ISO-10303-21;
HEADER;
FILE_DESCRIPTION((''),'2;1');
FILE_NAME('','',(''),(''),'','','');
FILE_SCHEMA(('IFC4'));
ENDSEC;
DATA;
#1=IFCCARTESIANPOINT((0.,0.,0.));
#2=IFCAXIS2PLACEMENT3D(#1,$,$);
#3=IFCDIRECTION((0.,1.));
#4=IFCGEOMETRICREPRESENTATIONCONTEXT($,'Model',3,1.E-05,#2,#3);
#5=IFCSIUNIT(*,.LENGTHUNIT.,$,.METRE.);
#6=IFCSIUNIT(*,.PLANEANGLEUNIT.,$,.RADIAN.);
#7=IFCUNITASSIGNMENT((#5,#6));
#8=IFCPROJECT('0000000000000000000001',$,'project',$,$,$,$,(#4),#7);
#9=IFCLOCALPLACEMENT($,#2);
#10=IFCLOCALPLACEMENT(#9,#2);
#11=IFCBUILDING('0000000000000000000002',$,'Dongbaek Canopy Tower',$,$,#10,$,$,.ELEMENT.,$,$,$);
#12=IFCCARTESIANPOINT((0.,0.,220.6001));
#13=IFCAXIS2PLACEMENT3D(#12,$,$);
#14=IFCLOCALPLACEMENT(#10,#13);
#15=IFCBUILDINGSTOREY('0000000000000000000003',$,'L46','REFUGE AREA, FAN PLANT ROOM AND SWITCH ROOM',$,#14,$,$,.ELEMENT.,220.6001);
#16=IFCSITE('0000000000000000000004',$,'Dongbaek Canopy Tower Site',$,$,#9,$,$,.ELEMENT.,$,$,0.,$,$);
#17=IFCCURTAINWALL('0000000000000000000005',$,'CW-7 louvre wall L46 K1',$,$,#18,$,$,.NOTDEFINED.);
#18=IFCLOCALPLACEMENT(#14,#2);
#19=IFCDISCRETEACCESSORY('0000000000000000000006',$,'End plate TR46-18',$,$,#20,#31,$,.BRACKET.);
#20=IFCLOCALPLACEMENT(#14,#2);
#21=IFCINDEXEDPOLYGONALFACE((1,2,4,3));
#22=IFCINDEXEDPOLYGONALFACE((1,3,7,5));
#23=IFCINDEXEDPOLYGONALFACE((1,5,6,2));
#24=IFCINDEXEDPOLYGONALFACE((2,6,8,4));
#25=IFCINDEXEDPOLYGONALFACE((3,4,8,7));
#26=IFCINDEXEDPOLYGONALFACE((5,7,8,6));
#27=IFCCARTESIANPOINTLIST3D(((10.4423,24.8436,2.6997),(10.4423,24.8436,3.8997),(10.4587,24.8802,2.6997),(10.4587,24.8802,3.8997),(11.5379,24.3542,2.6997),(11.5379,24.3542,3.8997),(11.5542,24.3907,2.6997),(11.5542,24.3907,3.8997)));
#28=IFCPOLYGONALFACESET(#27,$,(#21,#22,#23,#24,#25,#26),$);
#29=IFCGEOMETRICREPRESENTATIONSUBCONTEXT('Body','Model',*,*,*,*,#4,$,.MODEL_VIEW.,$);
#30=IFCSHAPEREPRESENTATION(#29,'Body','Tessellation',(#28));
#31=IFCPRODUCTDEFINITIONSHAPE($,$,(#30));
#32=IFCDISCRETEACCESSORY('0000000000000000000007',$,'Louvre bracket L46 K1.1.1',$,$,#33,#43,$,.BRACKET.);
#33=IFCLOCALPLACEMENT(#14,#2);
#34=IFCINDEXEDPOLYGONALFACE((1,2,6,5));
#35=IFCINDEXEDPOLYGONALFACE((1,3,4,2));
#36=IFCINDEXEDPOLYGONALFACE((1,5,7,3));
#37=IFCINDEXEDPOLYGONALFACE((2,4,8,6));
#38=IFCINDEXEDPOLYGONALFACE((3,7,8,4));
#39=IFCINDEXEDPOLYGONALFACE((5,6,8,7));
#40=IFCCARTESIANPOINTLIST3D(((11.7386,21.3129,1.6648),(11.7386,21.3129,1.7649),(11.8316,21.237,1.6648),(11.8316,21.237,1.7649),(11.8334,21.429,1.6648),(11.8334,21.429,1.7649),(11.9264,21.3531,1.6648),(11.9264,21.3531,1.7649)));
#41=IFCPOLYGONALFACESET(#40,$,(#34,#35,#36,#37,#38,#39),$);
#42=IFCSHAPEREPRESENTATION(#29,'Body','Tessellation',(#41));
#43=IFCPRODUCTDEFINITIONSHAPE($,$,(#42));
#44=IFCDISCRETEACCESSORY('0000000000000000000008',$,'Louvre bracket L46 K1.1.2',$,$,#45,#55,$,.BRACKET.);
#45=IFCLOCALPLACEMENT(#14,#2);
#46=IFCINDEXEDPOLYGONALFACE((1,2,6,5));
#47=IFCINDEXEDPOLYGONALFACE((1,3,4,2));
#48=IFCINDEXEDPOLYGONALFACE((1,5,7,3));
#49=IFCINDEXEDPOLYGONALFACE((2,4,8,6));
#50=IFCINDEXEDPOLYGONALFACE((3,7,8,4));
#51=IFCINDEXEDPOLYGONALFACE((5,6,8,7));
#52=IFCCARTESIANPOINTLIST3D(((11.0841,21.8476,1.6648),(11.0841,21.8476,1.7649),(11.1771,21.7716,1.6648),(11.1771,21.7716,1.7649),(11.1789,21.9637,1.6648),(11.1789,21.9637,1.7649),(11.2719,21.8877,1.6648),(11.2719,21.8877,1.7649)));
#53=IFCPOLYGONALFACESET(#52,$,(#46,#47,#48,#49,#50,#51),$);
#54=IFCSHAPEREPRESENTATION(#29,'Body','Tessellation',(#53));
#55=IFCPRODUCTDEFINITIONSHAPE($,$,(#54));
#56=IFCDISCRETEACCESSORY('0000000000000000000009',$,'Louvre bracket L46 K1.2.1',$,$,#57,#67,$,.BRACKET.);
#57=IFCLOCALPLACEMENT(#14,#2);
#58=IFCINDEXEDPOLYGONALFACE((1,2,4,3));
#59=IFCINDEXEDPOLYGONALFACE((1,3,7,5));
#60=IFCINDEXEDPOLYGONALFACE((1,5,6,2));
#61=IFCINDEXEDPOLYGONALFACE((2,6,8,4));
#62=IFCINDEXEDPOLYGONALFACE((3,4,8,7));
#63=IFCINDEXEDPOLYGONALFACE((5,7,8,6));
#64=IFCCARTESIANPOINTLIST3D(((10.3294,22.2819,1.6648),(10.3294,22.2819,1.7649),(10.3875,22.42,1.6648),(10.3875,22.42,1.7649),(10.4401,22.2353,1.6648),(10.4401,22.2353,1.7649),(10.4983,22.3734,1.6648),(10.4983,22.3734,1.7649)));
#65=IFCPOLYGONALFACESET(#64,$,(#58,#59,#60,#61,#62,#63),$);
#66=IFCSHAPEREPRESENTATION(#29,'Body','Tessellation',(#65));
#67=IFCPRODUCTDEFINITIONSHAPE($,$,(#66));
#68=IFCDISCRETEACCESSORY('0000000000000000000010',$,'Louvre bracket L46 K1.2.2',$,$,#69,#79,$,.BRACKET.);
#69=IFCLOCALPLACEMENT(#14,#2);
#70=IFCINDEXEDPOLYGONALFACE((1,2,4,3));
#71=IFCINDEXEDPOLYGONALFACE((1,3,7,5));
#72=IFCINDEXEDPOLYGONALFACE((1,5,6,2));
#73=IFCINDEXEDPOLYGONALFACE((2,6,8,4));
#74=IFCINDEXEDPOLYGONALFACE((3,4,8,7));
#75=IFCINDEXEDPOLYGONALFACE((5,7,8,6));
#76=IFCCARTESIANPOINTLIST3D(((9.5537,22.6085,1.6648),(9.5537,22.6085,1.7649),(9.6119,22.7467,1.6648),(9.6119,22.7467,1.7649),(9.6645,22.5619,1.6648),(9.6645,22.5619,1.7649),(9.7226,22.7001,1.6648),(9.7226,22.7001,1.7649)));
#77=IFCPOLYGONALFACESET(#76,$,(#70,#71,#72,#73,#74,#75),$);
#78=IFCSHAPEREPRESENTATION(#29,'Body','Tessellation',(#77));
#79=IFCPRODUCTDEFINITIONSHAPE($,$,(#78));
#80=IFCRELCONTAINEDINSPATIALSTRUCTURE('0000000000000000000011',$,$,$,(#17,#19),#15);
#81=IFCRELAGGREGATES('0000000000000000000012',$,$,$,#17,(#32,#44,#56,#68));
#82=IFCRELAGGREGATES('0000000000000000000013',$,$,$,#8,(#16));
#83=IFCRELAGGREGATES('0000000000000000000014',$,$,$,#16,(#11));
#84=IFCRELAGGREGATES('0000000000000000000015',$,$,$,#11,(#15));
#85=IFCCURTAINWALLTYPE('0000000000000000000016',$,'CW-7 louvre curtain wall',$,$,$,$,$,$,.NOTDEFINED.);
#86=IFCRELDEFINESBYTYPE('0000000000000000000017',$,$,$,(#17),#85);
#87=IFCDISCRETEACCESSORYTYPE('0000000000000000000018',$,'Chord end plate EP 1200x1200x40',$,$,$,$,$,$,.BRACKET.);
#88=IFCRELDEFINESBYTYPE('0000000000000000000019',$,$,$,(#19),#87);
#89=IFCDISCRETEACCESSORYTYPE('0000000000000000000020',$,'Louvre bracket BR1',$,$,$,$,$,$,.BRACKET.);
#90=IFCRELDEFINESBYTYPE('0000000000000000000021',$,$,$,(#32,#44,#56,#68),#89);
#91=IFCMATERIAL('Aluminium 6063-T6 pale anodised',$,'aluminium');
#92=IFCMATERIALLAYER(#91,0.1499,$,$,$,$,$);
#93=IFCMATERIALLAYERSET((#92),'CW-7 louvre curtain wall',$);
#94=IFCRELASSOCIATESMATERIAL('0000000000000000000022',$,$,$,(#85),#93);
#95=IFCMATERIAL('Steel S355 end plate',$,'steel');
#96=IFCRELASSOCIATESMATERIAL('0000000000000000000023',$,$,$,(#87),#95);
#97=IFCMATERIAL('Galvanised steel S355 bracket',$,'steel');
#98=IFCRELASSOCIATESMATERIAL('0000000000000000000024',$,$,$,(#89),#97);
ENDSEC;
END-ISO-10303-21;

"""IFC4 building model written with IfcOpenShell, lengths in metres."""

from ifc_helpers import new_model, si_unit, direction, frame, origin, origin_2d, place, context, subcontext, project, spatial, rectangle, extrude, material, layer, layer_set, type_object, element, aggregate, save


model = new_model("IFC4")

# Units and contexts
model_context = context("Model", 3, precision=1e-05, world=origin(), true_north=direction((0.0, 1.0)))
body_context = subcontext(model_context, "Body", "Model", "MODEL_VIEW")
ifc_project = project(units=[si_unit("LENGTHUNIT", "METRE"), si_unit("PLANEANGLEUNIT", "RADIAN")], contexts=[model_context])

# Site, building, storey
site_placement = place(None, origin())
site = spatial("IfcSite", under=ifc_project, at=site_placement, Name="Dongbaek Canopy Tower Site", CompositionType="ELEMENT", RefElevation=0.0)
building_placement = place(site_placement, origin())
building = spatial("IfcBuilding", under=site, at=building_placement, Name="Dongbaek Canopy Tower", CompositionType="ELEMENT")
storey_placement = place(building_placement, frame((0.0, 0.0, 220.6001)))
storey = spatial("IfcBuildingStorey", under=building, at=storey_placement, Name="L46", Description="REFUGE AREA, FAN PLANT ROOM AND SWITCH ROOM", CompositionType="ELEMENT", Elevation=220.6001)

# Shared definitions
ifc_material_1 = material(Name="Aluminium 6063-T6 pale anodised", Category="aluminium")
ifc_layer_1 = layer(ifc_material_1, 0.1499)
ifc_layer_set_1 = layer_set([ifc_layer_1], Name="CW-7 louvre curtain wall")
curtain_wall_type = type_object("IfcCurtainWallType", Name="CW-7 louvre curtain wall", PredefinedType="NOTDEFINED", material=ifc_layer_set_1)

# Curtain wall
curtain_wall_1_placement = place(storey_placement, origin())
curtain_wall_1 = element("IfcCurtainWall", 1, at=curtain_wall_1_placement, inside=storey, type_object=curtain_wall_type, Name="CW-7 louvre wall L46 K1", PredefinedType="NOTDEFINED")

# Discrete accessories
ifc_material_2 = material(Name="Steel S355 end plate", Category="steel")
discrete_accessory_type_1 = type_object("IfcDiscreteAccessoryType", Name="Chord end plate EP 1200x1200x40", PredefinedType="BRACKET", material=ifc_material_2)
discrete_accessory_1_placement = place(storey_placement, frame((10.9983, 24.6172, 2.6997), z_axis=(0.0, 0.0, 1.0), x_axis=(-0.407915, -0.91302, 0.0)))
element("IfcDiscreteAccessory", 2, at=discrete_accessory_1_placement, inside=storey, type_object=discrete_accessory_type_1, Name="End plate TR46-18", PredefinedType="BRACKET", context=body_context, shape_type="SweptSolid", body=[
    extrude(rectangle(XDim=0.04, YDim=1.2, at=origin_2d()), origin(), (0.0, 0.0, 1.0), 1.2),
])
ifc_material_3 = material(Name="Galvanised steel S355 bracket", Category="steel")
discrete_accessory_type_2 = type_object("IfcDiscreteAccessoryType", Name="Louvre bracket BR1", PredefinedType="BRACKET", material=ifc_material_3)
discrete_accessory_2_placement = place(storey_placement, frame((11.8325, 21.333, 1.6648), z_axis=(0.0, 0.0, 1.0), x_axis=(-0.774551, 0.632511, 0.0)))
discrete_accessory_2 = element("IfcDiscreteAccessory", 3, at=discrete_accessory_2_placement, type_object=discrete_accessory_type_2, Name="Louvre bracket L46 K1.1.1", PredefinedType="BRACKET", context=body_context, shape_type="SweptSolid", body=[
    extrude(rectangle(XDim=0.1201, YDim=0.1499, at=origin_2d()), origin(), (0.0, 0.0, 1.0), 0.1001),
])
discrete_accessory_3_placement = place(storey_placement, frame((11.178, 21.8677, 1.6648), z_axis=(0.0, 0.0, 1.0), x_axis=(-0.774551, 0.632511, 0.0)))
discrete_accessory_3 = element("IfcDiscreteAccessory", 4, at=discrete_accessory_3_placement, type_object=discrete_accessory_type_2, Name="Louvre bracket L46 K1.1.2", PredefinedType="BRACKET", context=body_context, shape_type="SweptSolid", body=[
    extrude(rectangle(XDim=0.1201, YDim=0.1499, at=origin_2d()), origin(), (0.0, 0.0, 1.0), 0.1001),
])
discrete_accessory_4_placement = place(storey_placement, frame((10.4138, 22.3276, 1.6648), z_axis=(0.0, 0.0, 1.0), x_axis=(-0.921649, 0.388024, 0.0)))
discrete_accessory_4 = element("IfcDiscreteAccessory", 5, at=discrete_accessory_4_placement, type_object=discrete_accessory_type_2, Name="Louvre bracket L46 K1.2.1", PredefinedType="BRACKET", context=body_context, shape_type="SweptSolid", body=[
    extrude(rectangle(XDim=0.1201, YDim=0.1499, at=origin_2d()), origin(), (0.0, 0.0, 1.0), 0.1001),
])
discrete_accessory_5_placement = place(storey_placement, frame((9.6382, 22.6543, 1.6648), z_axis=(0.0, 0.0, 1.0), x_axis=(-0.921649, 0.388024, 0.0)))
discrete_accessory_5 = element("IfcDiscreteAccessory", 6, at=discrete_accessory_5_placement, type_object=discrete_accessory_type_2, Name="Louvre bracket L46 K1.2.2", PredefinedType="BRACKET", context=body_context, shape_type="SweptSolid", body=[
    extrude(rectangle(XDim=0.1201, YDim=0.1499, at=origin_2d()), origin(), (0.0, 0.0, 1.0), 0.1001),
])
aggregate(curtain_wall_1, [discrete_accessory_2, discrete_accessory_3, discrete_accessory_4, discrete_accessory_5])

save(model, "model.ifc")
